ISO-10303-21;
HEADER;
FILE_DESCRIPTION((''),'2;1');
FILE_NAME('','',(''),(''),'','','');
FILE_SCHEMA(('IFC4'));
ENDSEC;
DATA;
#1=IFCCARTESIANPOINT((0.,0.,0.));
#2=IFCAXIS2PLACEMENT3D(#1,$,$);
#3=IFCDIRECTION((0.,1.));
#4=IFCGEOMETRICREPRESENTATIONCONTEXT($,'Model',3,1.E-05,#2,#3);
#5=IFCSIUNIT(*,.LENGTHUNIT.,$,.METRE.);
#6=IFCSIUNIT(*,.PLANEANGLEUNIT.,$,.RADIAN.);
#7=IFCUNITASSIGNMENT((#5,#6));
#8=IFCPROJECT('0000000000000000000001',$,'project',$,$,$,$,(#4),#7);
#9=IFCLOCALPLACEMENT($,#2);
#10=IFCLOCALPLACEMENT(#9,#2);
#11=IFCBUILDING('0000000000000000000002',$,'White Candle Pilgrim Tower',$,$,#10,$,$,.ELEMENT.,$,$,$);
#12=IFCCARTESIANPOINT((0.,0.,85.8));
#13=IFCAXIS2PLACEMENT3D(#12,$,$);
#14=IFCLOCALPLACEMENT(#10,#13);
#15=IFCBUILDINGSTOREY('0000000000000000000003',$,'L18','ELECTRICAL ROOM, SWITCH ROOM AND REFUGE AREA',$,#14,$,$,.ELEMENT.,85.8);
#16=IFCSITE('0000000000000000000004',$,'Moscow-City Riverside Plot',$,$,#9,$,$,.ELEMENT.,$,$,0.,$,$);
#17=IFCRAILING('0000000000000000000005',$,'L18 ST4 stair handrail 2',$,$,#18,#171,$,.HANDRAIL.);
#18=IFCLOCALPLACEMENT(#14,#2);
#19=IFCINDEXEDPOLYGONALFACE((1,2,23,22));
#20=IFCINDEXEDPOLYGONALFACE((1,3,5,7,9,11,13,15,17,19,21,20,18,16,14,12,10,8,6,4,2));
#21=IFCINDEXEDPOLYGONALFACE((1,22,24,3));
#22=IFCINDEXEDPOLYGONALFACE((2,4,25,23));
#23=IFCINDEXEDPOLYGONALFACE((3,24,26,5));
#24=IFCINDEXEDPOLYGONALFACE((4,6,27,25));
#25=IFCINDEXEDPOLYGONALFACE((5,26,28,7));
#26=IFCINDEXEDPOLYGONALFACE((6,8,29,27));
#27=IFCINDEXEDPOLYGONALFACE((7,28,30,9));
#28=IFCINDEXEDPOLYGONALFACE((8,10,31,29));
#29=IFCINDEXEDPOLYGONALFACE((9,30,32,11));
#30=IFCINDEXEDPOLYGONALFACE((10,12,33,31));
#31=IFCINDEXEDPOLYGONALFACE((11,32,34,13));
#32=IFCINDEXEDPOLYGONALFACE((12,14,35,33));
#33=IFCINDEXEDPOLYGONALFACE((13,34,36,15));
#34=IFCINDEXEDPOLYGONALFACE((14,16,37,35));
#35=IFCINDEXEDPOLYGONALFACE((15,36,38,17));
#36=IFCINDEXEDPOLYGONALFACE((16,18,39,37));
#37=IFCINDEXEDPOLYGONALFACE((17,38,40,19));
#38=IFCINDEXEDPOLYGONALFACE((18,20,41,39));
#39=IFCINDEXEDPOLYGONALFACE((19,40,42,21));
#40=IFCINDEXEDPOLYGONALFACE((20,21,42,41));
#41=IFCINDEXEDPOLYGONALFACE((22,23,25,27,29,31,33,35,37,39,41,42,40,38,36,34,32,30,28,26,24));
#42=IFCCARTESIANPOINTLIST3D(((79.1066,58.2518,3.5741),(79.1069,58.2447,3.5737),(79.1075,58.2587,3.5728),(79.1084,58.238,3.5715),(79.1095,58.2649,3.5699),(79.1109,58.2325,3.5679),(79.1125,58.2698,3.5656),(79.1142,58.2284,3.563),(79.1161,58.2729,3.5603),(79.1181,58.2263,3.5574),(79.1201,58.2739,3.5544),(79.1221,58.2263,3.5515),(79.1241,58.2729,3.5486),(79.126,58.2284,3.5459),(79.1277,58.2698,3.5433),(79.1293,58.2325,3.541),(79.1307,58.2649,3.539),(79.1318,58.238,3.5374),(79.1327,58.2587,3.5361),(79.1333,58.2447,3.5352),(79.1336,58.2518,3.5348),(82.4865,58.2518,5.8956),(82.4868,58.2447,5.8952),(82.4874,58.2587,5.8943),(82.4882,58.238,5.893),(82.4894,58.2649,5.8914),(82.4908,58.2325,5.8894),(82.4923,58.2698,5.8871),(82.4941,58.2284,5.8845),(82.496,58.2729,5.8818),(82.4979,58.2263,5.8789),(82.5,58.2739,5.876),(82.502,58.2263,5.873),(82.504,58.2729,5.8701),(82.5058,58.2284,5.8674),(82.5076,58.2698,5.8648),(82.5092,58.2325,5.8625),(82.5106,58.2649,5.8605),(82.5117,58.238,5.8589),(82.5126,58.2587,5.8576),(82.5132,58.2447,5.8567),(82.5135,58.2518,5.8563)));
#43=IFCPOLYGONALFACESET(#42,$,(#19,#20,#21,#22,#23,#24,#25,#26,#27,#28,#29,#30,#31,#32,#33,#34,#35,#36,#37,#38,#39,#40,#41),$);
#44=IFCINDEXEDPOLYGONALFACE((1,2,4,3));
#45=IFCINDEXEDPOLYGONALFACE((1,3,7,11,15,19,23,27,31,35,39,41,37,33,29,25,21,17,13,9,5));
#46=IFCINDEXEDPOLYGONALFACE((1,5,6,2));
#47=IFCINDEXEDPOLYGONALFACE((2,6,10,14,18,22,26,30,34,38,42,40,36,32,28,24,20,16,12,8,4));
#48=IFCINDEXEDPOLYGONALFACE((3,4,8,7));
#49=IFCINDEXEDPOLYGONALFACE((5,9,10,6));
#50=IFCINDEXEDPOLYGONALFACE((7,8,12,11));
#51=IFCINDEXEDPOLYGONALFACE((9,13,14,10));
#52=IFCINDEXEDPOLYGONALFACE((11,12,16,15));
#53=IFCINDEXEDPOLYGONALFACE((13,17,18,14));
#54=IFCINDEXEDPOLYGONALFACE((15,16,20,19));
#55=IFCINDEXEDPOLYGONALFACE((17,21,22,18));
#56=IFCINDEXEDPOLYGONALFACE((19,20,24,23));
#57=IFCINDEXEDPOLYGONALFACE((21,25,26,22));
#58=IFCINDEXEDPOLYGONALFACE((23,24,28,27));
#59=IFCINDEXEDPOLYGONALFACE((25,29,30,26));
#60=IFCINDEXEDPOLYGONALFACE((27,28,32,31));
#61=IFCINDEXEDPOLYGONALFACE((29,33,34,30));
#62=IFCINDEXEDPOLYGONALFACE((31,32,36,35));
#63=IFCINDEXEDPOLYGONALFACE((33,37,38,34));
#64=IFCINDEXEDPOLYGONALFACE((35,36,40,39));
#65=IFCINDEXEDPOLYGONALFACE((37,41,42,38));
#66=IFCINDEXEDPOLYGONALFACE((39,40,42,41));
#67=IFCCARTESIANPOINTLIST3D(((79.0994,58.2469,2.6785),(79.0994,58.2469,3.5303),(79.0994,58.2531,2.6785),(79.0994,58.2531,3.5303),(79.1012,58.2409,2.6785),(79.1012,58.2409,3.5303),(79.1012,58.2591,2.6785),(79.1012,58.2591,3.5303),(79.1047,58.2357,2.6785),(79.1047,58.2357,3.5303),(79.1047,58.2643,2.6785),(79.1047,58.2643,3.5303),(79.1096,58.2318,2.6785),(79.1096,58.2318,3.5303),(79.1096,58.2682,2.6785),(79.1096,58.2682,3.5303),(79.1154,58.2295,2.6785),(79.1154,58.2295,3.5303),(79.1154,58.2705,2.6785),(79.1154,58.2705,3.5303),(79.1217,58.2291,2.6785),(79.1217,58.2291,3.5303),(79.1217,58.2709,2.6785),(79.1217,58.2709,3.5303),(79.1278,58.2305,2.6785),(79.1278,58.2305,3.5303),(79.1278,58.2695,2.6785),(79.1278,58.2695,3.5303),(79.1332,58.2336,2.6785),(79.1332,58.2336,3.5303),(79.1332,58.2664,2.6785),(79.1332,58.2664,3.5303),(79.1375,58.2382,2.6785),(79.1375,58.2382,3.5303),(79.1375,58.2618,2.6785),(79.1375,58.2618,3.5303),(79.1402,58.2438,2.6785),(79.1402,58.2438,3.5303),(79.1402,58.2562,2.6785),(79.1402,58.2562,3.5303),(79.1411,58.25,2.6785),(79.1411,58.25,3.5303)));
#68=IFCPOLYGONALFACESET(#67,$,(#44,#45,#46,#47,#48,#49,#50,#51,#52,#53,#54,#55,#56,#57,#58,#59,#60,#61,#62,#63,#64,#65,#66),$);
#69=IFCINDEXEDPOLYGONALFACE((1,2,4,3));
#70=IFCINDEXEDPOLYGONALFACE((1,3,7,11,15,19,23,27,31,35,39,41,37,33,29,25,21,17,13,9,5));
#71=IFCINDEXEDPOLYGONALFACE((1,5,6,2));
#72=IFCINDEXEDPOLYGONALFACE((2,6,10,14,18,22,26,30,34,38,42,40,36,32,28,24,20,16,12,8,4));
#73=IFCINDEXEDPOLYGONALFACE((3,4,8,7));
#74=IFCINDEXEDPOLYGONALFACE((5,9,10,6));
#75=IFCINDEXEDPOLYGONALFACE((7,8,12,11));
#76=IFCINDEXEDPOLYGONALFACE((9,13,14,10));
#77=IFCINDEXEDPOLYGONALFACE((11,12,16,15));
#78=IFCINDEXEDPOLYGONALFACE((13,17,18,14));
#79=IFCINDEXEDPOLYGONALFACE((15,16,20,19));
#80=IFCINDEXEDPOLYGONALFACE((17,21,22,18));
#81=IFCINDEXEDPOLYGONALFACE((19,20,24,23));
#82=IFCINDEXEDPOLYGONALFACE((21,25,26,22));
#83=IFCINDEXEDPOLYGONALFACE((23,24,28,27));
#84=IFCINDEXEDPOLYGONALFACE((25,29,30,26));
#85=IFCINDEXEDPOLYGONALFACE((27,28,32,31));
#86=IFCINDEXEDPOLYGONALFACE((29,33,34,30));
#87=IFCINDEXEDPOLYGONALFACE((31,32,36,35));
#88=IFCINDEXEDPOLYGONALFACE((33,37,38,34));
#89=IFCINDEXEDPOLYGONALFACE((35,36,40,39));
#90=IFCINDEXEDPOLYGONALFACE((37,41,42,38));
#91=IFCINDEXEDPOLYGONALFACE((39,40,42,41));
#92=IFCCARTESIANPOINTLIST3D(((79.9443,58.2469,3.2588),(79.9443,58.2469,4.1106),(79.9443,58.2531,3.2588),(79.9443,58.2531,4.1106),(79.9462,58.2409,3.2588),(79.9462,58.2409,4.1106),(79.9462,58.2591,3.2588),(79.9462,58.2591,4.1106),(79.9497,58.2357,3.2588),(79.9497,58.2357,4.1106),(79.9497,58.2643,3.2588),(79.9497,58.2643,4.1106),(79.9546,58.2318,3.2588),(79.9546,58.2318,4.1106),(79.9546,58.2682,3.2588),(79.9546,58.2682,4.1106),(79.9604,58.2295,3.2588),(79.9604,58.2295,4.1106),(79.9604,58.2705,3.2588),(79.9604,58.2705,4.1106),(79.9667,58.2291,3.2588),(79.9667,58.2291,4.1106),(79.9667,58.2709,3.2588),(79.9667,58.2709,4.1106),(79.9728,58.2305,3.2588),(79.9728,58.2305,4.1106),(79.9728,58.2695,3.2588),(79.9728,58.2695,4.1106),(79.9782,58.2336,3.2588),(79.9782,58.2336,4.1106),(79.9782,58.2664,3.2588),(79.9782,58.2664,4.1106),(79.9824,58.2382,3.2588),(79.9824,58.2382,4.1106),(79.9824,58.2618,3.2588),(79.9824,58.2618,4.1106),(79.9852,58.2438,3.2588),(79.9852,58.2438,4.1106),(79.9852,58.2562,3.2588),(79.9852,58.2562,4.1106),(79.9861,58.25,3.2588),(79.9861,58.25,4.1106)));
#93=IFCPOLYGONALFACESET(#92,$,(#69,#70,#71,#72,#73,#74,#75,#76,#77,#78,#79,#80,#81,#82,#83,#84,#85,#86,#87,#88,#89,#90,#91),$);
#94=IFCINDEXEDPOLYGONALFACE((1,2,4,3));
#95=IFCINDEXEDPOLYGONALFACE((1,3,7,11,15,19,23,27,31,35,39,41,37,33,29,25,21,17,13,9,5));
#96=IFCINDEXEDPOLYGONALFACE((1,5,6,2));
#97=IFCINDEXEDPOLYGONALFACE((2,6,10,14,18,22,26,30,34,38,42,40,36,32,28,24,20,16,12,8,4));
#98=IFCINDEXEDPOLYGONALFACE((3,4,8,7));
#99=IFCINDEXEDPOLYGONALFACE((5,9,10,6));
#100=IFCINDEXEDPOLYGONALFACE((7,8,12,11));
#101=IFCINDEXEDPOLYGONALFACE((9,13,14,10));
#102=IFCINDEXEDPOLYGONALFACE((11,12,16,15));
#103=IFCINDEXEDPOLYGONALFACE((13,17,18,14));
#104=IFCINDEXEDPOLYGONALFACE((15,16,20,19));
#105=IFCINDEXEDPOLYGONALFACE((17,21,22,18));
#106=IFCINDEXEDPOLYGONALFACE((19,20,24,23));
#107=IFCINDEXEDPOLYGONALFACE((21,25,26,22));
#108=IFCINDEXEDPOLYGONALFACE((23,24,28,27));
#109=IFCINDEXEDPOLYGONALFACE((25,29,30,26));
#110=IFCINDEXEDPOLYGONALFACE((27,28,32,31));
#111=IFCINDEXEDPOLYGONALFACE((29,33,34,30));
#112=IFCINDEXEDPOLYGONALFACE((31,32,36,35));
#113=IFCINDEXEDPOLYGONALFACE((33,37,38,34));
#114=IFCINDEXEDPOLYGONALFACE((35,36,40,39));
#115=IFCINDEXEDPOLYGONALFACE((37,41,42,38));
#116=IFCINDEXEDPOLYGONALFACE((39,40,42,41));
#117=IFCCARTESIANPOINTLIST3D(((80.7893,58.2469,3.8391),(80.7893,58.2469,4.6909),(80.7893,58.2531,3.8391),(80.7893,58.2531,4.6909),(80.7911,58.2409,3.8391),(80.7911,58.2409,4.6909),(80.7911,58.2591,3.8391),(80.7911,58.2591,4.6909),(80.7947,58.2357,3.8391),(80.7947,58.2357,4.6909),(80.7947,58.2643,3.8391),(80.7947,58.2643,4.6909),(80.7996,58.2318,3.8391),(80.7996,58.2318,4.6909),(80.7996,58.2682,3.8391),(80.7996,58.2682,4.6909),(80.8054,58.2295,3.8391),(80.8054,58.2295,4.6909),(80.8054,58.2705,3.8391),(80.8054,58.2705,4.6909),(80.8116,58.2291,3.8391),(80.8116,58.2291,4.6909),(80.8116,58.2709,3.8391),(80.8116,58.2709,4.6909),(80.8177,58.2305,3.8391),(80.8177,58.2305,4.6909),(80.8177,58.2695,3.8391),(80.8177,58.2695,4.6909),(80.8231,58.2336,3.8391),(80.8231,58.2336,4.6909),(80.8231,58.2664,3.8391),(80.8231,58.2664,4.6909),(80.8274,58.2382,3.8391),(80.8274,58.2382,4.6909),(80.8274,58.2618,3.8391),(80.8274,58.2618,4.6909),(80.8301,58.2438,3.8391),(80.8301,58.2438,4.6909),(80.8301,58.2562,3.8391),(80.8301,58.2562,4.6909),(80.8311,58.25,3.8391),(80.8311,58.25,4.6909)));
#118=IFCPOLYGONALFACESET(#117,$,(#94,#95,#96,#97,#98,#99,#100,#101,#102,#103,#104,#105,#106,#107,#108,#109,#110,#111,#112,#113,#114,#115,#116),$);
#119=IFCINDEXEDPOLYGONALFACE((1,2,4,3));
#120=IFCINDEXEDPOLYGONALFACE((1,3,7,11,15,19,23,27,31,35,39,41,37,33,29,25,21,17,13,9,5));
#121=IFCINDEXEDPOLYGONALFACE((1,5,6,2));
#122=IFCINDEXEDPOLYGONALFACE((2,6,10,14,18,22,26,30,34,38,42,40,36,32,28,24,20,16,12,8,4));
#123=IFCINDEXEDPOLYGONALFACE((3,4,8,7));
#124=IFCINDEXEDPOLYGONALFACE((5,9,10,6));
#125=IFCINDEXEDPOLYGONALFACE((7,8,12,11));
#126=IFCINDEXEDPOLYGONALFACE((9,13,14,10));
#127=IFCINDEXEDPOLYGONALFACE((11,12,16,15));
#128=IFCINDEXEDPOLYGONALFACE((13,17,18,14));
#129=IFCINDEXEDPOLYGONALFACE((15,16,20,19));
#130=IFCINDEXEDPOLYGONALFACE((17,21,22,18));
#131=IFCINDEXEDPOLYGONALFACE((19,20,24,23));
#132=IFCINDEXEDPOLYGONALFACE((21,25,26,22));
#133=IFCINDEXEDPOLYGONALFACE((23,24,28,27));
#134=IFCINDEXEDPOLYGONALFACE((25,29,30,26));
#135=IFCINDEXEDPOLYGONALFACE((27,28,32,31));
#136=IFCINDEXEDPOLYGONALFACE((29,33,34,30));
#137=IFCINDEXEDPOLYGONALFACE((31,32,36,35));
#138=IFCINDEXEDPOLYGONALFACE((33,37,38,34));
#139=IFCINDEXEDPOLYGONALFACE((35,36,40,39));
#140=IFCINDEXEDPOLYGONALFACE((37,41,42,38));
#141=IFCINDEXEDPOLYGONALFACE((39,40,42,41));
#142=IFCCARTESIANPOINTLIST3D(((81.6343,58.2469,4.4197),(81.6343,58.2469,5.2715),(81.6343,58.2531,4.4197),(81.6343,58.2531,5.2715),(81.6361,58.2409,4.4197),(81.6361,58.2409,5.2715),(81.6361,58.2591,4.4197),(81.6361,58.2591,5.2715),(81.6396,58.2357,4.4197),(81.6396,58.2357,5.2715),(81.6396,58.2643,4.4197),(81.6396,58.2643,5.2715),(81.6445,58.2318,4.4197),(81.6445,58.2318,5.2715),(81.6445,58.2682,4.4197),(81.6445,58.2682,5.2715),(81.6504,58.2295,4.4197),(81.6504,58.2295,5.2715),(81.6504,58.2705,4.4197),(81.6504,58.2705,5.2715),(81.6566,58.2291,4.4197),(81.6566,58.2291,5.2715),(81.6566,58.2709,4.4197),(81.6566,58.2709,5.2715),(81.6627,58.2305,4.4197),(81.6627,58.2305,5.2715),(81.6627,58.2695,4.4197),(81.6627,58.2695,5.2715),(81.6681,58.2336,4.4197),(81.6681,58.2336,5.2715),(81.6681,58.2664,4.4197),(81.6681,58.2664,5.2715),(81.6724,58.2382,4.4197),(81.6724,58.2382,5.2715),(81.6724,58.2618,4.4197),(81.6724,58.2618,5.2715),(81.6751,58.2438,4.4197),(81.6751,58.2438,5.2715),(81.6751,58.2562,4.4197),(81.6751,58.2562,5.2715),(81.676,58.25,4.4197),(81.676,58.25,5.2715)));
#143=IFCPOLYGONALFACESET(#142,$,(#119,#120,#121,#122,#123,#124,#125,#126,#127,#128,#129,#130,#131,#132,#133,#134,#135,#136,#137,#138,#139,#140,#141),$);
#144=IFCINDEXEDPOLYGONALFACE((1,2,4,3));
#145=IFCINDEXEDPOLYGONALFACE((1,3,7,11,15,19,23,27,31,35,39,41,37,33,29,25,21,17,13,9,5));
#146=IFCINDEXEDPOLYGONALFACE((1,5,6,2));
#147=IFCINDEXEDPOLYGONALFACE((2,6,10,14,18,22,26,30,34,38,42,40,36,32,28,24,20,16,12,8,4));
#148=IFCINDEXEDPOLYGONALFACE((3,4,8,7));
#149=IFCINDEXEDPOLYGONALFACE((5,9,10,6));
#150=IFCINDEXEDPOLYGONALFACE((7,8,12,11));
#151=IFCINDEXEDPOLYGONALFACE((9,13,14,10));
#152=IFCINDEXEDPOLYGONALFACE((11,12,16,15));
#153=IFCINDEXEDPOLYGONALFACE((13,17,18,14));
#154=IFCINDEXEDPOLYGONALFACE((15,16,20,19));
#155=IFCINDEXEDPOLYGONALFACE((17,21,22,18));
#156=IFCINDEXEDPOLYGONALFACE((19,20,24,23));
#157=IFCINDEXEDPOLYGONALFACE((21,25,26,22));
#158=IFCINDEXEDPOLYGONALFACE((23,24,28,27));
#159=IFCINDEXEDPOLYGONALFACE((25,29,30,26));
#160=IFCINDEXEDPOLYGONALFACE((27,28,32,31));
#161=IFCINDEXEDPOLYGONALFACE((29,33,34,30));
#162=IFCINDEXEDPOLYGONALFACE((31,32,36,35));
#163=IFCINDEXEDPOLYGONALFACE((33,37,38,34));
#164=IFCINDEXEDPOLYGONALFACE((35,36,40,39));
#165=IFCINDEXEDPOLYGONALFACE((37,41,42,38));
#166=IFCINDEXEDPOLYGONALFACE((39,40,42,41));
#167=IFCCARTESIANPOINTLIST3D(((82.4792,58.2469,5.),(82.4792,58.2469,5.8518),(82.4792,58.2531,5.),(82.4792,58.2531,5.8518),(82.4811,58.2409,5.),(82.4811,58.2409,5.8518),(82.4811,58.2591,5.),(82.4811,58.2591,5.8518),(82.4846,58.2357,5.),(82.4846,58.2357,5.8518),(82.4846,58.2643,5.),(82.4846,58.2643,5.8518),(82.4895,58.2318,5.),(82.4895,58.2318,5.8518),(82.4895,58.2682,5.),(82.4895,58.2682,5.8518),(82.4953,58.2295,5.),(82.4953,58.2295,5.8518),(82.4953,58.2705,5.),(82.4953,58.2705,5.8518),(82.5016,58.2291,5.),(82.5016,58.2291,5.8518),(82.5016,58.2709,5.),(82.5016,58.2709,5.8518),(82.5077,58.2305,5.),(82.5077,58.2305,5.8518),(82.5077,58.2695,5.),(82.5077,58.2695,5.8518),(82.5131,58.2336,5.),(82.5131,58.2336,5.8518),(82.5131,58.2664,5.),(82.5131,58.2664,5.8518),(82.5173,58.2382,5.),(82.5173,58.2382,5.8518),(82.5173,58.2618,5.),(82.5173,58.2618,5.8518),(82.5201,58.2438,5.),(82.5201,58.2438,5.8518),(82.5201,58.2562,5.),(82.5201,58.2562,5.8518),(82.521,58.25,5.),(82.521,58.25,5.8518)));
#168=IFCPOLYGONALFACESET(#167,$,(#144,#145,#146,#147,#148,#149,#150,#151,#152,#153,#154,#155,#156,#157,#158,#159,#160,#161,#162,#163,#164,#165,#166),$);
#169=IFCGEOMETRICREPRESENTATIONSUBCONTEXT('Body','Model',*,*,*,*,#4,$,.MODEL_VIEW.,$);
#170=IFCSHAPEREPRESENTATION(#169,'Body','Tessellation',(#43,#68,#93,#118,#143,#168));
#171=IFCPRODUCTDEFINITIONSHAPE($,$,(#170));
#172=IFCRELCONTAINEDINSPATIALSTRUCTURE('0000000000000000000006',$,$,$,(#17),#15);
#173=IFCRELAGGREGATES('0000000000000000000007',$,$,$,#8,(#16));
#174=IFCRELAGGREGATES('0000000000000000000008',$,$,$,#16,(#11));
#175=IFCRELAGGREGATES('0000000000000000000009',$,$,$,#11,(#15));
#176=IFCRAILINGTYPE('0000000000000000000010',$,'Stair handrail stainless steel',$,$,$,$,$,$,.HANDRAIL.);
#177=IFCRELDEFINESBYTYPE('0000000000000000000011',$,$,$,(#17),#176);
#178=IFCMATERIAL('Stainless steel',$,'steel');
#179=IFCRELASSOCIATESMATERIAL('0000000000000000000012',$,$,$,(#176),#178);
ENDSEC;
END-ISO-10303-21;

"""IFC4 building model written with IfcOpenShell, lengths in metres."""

from ifc_helpers import new_model, si_unit, direction, frame, origin, origin_2d, place, context, subcontext, project, spatial, circle, extrude, material, type_object, element, save


model = new_model("IFC4")

# Units and contexts
model_context = context("Model", 3, precision=1e-05, world=origin(), true_north=direction((0.0, 1.0)))
body_context = subcontext(model_context, "Body", "Model", "MODEL_VIEW")
ifc_project = project(units=[si_unit("LENGTHUNIT", "METRE"), si_unit("PLANEANGLEUNIT", "RADIAN")], contexts=[model_context])

# Site, building, storey
site_placement = place(None, origin())
site = spatial("IfcSite", under=ifc_project, at=site_placement, Name="Moscow-City Riverside Plot", CompositionType="ELEMENT", RefElevation=0.0)
building_placement = place(site_placement, origin())
building = spatial("IfcBuilding", under=site, at=building_placement, Name="White Candle Pilgrim Tower", CompositionType="ELEMENT")
storey_placement = place(building_placement, frame((0.0, 0.0, 85.8)))
storey = spatial("IfcBuildingStorey", under=building, at=storey_placement, Name="L18", Description="ELECTRICAL ROOM, SWITCH ROOM AND REFUGE AREA", CompositionType="ELEMENT", Elevation=85.8)

# Railing
ifc_material_1 = material(Name="Stainless steel", Category="steel")
railing_type_1 = type_object("IfcRailingType", Name="Stair handrail stainless steel", PredefinedType="HANDRAIL", material=ifc_material_1)
railing_1_placement = place(storey_placement, frame((79.1201, 58.25, 2.6785)))
element("IfcRailing", 1, at=railing_1_placement, inside=storey, type_object=railing_type_1, Name="L18 ST4 stair handrail 2", PredefinedType="HANDRAIL", context=body_context, shape_type="SweptSolid", body=[
    extrude(circle(Radius=0.0239, at=origin_2d()), frame((0.0, 0.0, 0.876), z_axis=(0.824285, 0.0, 0.566175), x_axis=(0.0, 1.0, 0.0)), (0.0, 0.0, 1.0), 4.1003),
    extrude(circle(Radius=0.021, at=origin_2d()), origin(), (0.0, 0.0, 1.0), 0.8518),
    extrude(circle(Radius=0.021, at=origin_2d()), frame((0.845, 0.0, 0.5803)), (0.0, 0.0, 1.0), 0.8518),
    extrude(circle(Radius=0.021, at=origin_2d()), frame((1.6899, 0.0, 1.1606)), (0.0, 0.0, 1.0), 0.8518),
    extrude(circle(Radius=0.021, at=origin_2d()), frame((2.5349, 0.0, 1.7412)), (0.0, 0.0, 1.0), 0.8518),
    extrude(circle(Radius=0.021, at=origin_2d()), frame((3.3799, 0.0, 2.3215)), (0.0, 0.0, 1.0), 0.8518),
])

save(model, "model.ifc")
